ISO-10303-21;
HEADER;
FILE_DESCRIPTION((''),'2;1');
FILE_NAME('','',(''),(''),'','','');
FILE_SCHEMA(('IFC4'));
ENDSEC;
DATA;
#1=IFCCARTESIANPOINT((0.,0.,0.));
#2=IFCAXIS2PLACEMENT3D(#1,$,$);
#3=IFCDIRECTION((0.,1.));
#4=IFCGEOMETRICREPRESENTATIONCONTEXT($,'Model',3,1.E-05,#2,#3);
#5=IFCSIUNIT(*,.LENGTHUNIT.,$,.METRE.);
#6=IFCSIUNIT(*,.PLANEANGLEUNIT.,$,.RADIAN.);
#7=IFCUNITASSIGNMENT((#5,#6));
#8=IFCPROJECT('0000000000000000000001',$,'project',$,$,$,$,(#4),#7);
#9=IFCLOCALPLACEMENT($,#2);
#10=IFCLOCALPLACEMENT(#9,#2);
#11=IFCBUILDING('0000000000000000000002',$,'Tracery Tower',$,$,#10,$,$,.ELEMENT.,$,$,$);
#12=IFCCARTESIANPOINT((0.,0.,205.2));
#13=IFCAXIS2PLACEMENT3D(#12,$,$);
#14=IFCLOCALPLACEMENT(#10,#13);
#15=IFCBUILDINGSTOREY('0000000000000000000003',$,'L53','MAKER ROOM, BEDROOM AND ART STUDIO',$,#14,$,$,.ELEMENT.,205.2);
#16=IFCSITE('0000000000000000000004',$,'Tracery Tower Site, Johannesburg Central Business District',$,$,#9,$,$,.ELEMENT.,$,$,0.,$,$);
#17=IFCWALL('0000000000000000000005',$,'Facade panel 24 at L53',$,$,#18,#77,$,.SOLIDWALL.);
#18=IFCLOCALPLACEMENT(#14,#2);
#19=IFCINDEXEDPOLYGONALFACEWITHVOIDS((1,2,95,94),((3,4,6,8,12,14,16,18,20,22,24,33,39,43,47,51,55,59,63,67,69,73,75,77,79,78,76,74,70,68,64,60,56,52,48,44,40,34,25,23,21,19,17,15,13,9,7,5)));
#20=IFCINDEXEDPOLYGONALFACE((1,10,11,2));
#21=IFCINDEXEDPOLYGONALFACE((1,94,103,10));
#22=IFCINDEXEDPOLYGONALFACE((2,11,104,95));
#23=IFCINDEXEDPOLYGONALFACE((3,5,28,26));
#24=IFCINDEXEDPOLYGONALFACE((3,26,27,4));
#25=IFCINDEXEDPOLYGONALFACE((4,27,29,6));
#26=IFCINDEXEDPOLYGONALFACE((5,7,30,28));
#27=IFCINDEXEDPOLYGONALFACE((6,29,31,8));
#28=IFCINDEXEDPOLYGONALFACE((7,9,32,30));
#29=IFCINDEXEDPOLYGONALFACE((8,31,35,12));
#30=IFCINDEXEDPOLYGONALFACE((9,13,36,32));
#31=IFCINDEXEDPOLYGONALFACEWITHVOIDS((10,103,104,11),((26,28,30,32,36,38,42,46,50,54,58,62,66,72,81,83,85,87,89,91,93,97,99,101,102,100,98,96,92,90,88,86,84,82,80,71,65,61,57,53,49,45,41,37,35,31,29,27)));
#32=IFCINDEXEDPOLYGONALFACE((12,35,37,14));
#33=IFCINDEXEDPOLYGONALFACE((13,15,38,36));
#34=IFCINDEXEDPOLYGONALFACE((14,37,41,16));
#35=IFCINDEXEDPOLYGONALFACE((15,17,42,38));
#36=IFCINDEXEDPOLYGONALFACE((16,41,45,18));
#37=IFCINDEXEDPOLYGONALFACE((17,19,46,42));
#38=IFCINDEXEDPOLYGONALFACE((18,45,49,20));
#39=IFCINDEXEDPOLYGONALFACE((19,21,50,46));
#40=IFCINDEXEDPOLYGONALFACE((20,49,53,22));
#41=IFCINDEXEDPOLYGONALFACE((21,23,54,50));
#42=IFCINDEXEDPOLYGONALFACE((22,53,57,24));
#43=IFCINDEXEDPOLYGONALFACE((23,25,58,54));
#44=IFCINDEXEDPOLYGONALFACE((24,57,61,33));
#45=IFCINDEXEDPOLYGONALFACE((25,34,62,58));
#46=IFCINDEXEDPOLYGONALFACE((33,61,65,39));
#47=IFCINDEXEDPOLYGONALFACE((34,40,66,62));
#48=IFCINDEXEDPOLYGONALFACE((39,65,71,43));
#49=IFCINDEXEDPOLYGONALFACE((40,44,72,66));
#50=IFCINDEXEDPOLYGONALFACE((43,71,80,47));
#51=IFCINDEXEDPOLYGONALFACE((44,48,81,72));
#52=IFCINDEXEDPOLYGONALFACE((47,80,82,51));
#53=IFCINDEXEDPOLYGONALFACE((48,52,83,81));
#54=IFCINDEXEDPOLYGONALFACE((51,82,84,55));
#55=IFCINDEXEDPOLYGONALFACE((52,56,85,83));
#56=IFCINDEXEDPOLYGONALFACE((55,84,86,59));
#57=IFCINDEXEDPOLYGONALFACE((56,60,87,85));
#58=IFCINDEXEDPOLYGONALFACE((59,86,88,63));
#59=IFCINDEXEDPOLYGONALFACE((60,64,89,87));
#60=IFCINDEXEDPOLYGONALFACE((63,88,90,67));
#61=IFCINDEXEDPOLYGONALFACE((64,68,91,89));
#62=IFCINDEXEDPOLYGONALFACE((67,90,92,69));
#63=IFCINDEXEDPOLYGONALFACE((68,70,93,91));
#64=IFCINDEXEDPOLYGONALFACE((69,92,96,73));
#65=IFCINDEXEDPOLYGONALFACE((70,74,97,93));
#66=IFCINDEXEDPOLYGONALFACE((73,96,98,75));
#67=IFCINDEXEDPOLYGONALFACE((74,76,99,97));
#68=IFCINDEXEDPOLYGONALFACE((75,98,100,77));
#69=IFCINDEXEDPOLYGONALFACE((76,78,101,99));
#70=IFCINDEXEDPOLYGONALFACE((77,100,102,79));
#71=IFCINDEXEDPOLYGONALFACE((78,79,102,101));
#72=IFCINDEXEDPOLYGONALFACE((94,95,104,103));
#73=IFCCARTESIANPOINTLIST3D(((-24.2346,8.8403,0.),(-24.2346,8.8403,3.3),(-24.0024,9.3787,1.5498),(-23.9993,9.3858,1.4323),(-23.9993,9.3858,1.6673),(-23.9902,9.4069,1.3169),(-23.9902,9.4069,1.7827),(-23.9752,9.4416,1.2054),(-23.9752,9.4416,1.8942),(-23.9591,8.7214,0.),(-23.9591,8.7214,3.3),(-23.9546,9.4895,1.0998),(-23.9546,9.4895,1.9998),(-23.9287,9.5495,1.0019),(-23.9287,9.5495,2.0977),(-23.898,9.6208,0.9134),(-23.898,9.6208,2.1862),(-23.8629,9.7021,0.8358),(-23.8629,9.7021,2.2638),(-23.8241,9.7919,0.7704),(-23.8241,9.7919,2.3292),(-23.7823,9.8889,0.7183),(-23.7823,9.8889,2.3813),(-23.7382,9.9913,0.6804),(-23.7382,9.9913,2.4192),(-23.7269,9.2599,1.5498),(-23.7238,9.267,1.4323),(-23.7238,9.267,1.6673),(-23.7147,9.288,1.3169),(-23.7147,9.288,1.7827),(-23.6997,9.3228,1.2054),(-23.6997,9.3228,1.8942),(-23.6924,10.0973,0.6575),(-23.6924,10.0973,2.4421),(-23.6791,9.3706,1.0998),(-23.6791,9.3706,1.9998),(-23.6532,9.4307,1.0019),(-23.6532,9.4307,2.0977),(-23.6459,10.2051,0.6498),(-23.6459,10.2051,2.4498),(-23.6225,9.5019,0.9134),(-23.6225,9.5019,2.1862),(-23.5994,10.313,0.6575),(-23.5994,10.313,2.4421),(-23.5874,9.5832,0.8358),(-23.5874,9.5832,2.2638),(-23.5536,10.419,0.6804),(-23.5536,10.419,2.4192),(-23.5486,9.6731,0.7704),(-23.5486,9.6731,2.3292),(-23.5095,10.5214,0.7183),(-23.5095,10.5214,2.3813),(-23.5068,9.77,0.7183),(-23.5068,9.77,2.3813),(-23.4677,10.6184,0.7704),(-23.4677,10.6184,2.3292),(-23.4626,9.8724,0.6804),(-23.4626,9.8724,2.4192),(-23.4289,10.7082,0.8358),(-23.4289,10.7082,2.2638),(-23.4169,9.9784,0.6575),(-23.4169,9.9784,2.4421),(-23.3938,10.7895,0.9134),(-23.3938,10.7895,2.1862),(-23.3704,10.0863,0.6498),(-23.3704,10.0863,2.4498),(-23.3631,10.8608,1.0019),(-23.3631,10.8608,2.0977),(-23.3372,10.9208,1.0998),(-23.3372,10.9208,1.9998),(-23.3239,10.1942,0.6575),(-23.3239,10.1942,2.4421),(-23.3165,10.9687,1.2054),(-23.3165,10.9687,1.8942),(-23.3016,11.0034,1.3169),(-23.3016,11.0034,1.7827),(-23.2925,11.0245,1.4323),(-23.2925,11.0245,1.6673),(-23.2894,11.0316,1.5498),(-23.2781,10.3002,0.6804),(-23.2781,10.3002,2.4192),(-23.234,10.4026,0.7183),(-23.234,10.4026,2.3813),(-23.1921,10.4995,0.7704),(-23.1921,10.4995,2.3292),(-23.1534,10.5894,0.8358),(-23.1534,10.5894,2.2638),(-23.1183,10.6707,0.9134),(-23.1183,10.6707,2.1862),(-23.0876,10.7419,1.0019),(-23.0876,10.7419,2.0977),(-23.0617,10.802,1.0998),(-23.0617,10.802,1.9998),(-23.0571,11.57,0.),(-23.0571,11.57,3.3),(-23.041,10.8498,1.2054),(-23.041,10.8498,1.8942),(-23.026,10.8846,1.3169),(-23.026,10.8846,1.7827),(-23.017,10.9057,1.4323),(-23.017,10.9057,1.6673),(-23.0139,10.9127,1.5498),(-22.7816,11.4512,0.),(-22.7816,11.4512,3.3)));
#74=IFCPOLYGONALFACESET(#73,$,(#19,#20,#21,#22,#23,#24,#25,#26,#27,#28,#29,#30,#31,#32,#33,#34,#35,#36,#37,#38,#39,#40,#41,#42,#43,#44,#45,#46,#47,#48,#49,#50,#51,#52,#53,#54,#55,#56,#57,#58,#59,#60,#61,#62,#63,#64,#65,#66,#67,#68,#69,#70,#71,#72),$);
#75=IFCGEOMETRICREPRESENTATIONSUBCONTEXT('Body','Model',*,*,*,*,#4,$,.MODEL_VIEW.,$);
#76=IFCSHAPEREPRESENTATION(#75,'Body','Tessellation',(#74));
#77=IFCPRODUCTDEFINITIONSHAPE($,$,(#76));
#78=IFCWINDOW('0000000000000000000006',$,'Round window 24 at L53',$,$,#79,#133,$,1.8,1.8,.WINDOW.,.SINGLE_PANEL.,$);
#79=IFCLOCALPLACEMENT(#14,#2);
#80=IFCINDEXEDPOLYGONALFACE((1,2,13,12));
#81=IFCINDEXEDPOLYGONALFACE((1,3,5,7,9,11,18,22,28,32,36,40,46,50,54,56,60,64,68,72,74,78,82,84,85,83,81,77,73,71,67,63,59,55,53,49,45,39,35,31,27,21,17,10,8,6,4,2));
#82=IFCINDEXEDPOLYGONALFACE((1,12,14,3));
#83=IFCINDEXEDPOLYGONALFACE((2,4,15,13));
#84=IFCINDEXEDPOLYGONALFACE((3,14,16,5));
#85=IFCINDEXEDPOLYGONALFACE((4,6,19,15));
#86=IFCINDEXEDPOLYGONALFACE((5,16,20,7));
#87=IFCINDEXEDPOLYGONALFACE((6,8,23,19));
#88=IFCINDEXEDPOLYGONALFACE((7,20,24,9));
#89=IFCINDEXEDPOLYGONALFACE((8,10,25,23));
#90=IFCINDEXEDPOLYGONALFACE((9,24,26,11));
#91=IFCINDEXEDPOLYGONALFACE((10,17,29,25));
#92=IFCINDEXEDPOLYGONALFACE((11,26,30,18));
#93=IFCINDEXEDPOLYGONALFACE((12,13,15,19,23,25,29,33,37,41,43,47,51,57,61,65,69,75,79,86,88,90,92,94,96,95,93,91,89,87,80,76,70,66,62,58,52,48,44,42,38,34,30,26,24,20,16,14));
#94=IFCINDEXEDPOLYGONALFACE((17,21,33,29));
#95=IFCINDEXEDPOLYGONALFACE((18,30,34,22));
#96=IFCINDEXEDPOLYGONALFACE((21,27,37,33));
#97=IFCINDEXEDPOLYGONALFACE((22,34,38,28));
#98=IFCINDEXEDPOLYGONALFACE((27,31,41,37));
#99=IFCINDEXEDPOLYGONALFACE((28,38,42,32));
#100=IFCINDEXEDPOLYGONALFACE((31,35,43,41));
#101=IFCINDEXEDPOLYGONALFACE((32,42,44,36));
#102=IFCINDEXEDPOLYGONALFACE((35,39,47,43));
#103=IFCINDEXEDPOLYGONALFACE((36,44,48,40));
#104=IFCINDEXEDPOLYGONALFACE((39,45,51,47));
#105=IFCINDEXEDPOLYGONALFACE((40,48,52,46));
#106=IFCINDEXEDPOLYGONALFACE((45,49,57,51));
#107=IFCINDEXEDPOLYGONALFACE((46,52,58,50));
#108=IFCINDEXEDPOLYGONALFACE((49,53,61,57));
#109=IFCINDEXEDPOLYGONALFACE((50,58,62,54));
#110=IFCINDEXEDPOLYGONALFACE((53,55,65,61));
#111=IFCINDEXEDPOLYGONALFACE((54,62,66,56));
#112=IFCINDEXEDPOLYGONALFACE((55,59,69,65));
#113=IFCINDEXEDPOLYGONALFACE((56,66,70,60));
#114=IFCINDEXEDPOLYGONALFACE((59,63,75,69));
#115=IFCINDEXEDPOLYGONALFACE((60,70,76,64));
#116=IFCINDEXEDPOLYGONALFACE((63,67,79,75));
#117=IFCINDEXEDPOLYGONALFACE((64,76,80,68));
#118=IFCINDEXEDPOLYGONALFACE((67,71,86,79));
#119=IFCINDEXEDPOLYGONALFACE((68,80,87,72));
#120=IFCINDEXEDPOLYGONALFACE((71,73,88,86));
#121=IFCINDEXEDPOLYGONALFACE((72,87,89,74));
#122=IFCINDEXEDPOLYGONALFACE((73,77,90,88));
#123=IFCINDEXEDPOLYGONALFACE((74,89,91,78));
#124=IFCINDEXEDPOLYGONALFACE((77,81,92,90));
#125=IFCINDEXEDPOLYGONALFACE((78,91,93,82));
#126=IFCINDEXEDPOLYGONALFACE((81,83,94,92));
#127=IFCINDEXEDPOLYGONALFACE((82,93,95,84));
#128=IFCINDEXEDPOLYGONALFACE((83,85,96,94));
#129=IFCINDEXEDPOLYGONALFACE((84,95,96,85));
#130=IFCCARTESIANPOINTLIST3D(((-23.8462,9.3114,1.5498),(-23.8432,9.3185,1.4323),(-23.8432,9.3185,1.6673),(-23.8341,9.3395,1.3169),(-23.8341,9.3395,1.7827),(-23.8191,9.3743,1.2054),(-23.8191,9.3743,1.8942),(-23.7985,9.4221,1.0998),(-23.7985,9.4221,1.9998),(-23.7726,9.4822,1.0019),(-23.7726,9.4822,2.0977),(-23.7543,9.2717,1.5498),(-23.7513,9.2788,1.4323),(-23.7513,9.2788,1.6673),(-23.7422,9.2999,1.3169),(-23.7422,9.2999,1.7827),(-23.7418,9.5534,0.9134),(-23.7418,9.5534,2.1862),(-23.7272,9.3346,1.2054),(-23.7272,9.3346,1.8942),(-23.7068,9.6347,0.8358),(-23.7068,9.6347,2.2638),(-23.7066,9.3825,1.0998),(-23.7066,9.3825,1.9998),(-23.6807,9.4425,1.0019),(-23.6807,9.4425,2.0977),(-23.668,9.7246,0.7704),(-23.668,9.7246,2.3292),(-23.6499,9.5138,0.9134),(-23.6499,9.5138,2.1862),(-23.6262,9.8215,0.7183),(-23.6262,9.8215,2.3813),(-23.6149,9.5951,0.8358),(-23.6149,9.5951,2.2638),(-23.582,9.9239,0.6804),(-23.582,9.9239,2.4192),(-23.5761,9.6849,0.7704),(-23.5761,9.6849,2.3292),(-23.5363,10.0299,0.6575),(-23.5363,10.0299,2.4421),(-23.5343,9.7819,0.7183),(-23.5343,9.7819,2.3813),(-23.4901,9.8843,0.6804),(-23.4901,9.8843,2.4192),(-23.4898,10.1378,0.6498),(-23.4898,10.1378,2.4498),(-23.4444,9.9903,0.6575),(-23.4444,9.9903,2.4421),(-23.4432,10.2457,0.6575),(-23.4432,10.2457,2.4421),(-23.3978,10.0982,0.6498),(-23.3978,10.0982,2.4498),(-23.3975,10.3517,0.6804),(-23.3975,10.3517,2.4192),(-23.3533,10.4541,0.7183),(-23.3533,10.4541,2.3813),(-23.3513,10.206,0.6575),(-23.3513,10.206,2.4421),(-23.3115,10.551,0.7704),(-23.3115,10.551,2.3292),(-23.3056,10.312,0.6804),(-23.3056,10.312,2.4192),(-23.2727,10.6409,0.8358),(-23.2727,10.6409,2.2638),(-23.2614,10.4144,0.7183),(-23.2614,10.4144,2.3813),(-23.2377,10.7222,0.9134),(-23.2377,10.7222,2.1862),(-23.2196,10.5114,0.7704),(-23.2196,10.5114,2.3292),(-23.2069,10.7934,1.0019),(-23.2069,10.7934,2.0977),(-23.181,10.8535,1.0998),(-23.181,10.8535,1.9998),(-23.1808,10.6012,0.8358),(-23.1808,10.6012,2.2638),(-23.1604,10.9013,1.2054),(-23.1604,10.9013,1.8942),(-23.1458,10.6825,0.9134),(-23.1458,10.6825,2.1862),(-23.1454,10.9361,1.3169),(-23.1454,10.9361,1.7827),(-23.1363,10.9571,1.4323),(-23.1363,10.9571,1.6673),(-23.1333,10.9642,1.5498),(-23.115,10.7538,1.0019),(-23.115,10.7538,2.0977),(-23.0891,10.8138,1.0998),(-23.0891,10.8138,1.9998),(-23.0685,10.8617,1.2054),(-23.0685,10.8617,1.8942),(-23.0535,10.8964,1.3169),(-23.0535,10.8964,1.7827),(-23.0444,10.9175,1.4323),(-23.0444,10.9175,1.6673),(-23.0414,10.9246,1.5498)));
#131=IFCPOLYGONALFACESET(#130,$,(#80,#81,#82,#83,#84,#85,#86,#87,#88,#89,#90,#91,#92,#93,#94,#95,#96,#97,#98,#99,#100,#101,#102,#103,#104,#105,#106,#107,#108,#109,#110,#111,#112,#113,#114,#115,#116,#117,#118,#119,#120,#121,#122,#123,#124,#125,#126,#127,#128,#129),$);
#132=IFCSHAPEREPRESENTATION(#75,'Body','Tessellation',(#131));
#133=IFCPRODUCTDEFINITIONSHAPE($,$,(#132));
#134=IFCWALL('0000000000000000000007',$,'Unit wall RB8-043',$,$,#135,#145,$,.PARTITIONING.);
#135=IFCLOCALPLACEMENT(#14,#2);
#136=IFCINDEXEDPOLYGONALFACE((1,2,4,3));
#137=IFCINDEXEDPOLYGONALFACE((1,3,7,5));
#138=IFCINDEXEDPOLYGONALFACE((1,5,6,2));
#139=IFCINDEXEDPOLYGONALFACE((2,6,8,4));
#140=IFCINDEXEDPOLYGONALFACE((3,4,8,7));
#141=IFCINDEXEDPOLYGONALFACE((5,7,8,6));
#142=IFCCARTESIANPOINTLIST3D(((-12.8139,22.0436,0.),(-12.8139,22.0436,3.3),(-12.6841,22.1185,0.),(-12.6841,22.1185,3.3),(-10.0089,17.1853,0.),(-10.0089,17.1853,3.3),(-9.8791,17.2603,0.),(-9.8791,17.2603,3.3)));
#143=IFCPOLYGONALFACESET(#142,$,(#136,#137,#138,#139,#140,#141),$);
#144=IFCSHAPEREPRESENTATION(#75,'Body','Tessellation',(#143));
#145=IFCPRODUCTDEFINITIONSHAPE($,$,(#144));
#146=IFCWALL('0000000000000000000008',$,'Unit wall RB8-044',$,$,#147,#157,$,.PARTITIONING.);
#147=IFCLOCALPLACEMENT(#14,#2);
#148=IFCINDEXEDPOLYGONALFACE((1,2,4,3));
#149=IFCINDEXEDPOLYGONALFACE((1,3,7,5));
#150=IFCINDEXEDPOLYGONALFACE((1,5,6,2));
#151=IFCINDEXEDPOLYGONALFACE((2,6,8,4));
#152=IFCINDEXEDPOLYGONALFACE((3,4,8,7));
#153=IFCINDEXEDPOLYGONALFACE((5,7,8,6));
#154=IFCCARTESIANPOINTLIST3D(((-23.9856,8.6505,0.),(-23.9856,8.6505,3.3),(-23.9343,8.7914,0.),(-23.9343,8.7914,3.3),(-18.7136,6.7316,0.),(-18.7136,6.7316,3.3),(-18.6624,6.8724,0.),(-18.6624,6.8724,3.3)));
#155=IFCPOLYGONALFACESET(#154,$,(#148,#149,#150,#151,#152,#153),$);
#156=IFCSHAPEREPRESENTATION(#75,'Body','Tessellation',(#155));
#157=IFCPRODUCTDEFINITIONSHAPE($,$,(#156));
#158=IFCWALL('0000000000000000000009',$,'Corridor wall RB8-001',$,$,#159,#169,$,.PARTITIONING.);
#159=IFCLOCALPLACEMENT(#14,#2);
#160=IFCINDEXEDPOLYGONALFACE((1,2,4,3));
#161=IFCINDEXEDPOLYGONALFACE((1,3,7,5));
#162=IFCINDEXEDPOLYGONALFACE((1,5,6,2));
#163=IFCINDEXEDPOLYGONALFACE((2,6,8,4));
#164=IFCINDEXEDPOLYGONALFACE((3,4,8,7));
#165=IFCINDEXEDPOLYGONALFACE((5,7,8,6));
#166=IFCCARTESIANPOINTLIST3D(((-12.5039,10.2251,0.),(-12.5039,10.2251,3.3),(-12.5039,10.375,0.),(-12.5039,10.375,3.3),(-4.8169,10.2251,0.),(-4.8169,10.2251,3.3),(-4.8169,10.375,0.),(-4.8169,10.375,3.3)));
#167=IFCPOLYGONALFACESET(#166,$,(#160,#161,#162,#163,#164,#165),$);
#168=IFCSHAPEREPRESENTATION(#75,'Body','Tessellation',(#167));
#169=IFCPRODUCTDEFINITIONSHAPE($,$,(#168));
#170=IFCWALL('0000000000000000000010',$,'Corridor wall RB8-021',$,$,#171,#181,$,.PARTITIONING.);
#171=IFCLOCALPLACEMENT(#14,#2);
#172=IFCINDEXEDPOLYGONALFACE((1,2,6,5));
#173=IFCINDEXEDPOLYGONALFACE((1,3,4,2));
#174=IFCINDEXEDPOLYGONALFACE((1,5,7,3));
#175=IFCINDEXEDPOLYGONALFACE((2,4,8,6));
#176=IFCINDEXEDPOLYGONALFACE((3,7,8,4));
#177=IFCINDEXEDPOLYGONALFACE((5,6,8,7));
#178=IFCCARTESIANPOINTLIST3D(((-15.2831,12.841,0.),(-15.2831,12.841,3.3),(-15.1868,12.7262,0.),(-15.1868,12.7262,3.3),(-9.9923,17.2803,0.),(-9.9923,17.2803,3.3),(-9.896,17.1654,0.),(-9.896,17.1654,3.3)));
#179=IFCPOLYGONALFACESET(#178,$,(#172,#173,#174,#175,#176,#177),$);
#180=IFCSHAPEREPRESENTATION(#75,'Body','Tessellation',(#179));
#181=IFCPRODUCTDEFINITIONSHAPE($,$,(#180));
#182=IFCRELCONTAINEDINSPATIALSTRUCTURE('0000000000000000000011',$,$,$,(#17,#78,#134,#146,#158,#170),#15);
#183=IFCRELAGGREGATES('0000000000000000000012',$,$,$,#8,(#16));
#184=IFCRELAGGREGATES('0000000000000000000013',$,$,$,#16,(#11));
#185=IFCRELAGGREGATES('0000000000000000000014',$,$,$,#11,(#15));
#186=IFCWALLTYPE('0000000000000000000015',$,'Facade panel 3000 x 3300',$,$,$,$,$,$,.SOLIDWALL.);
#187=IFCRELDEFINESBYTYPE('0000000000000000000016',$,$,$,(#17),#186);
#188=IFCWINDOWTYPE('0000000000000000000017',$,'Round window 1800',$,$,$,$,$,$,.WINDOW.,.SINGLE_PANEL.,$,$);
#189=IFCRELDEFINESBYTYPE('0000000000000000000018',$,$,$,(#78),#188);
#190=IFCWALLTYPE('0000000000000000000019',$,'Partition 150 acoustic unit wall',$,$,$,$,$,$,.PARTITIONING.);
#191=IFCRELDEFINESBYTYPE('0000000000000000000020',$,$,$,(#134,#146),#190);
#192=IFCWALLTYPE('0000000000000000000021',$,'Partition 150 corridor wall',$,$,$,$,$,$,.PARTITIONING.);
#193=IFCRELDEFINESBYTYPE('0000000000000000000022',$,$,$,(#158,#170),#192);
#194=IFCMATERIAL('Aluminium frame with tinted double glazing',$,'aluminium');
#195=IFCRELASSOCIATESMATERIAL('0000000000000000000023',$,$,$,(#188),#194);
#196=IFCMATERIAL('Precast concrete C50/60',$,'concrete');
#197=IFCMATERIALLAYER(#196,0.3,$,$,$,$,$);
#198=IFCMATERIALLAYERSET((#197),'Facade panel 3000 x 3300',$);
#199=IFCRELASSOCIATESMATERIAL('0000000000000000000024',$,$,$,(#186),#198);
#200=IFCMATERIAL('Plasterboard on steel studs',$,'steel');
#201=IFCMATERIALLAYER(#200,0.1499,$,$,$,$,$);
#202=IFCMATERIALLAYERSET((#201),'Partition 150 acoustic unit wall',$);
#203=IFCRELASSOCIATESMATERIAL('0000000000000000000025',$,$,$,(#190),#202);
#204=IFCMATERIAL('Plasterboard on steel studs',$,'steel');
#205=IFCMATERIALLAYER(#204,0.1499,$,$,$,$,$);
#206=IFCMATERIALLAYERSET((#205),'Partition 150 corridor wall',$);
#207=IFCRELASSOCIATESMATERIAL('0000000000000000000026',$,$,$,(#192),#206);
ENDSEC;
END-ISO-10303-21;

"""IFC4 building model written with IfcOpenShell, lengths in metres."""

from ifc_helpers import new_model, si_unit, direction, frame, frame_2d, origin, origin_2d, place, context, subcontext, project, spatial, rectangle, circle, extrude, material, layer, layer_set, type_object, element, fill, save


model = new_model("IFC4")

# Units and contexts
model_context = context("Model", 3, precision=1e-05, world=origin(), true_north=direction((0.0, 1.0)))
body_context = subcontext(model_context, "Body", "Model", "MODEL_VIEW")
ifc_project = project(units=[si_unit("LENGTHUNIT", "METRE"), si_unit("PLANEANGLEUNIT", "RADIAN")], contexts=[model_context])

# Site, building, storey
site_placement = place(None, origin())
site = spatial("IfcSite", under=ifc_project, at=site_placement, Name="Tracery Tower Site, Johannesburg Central Business District", CompositionType="ELEMENT", RefElevation=0.0)
building_placement = place(site_placement, origin())
building = spatial("IfcBuilding", under=site, at=building_placement, Name="Tracery Tower", CompositionType="ELEMENT")
storey_placement = place(building_placement, frame((0.0, 0.0, 205.2)))
storey = spatial("IfcBuildingStorey", under=building, at=storey_placement, Name="L53", Description="MAKER ROOM, BEDROOM AND ART STUDIO", CompositionType="ELEMENT", Elevation=205.2)

# Wall, opening, window
ifc_material_1 = material(Name="Aluminium frame with tinted double glazing", Category="aluminium")
window_type = type_object("IfcWindowType", Name="Round window 1800", PartitioningType="SINGLE_PANEL", PredefinedType="WINDOW", material=ifc_material_1)
ifc_material_2 = material(Name="Precast concrete C50/60", Category="concrete")
ifc_layer_1 = layer(ifc_material_2, 0.3)
ifc_layer_set_1 = layer_set([ifc_layer_1], Name="Facade panel 3000 x 3300")
wall_type_1 = type_object("IfcWallType", Name="Facade panel 3000 x 3300", PredefinedType="SOLIDWALL", material=ifc_layer_set_1)
wall_1_placement = place(storey_placement, frame((-22.9194, 11.5105, 0.0), z_axis=(0.0, 0.0, 1.0), x_axis=(-0.396079, -0.918216, 0.0)))
wall_1 = element("IfcWall", 1, at=wall_1_placement, inside=storey, type_object=wall_type_1, Name="Facade panel 24 at L53", PredefinedType="SOLIDWALL", context=body_context, shape_type="SweptSolid", body=[
    extrude(rectangle(XDim=2.9729, YDim=0.3, at=frame_2d((1.4863, 0.0))), origin(), (0.0, 0.0, 1.0), 3.3),
])
opening_1_placement = place(wall_1_placement, frame((1.4863, 0.0, 1.5498)))
opening_1 = element("IfcOpeningElement", 2, at=opening_1_placement, cuts=wall_1, PredefinedType="OPENING", context=body_context, shape_type="SweptSolid", body=[
    extrude(circle(Radius=0.9, at=origin_2d()), frame((0.0, 0.1599, 0.0), z_axis=(0.0, -1.0, 0.0), x_axis=(1.0, 0.0, 0.0)), (0.0, 0.0, 1.0), 0.3201),
])
window_1_placement = place(opening_1_placement, origin())
window_1 = element("IfcWindow", 3, at=window_1_placement, inside=storey, type_object=window_type, Name="Round window 24 at L53", OverallHeight=1.8, OverallWidth=1.8, PartitioningType="SINGLE_PANEL", PredefinedType="WINDOW", context=body_context, shape_type="SweptSolid", body=[
    extrude(circle(Radius=0.9, at=origin_2d()), frame((0.0, 0.1201, 0.0), z_axis=(0.0, -1.0, 0.0), x_axis=(1.0, 0.0, 0.0)), (0.0, 0.0, 1.0), 0.1001),
])
fill(opening_1, window_1)

# Walls
ifc_material_3 = material(Name="Plasterboard on steel studs", Category="steel")
ifc_layer_2 = layer(ifc_material_3, 0.1499)
ifc_layer_set_2 = layer_set([ifc_layer_2], Name="Partition 150 acoustic unit wall")
wall_type_2 = type_object("IfcWallType", Name="Partition 150 acoustic unit wall", PredefinedType="PARTITIONING", material=ifc_layer_set_2)
wall_2_placement = place(storey_placement, frame((-12.749, 22.0811, 0.0), z_axis=(0.0, 0.0, 1.0), x_axis=(0.50001, -0.86602, 0.0)))
element("IfcWall", 4, at=wall_2_placement, inside=storey, type_object=wall_type_2, Name="Unit wall RB8-043", PredefinedType="PARTITIONING", context=body_context, shape_type="SweptSolid", body=[
    extrude(rectangle(XDim=5.6099, YDim=0.1499, at=frame_2d((2.8049, 0.0))), origin(), (0.0, 0.0, 1.0), 3.3),
])
wall_3_placement = place(storey_placement, frame((-23.96, 8.7209, 0.0), z_axis=(0.0, 0.0, 1.0), x_axis=(0.939687, -0.342037, 0.0)))
element("IfcWall", 5, at=wall_3_placement, inside=storey, type_object=wall_type_2, Name="Unit wall RB8-044", PredefinedType="PARTITIONING", context=body_context, shape_type="SweptSolid", body=[
    extrude(rectangle(XDim=5.6104, YDim=0.1499, at=frame_2d((2.8052, 0.0))), origin(), (0.0, 0.0, 1.0), 3.3),
])
ifc_material_4 = material(Name="Plasterboard on steel studs", Category="steel")
ifc_layer_3 = layer(ifc_material_4, 0.1499)
ifc_layer_set_3 = layer_set([ifc_layer_3], Name="Partition 150 corridor wall")
wall_type_3 = type_object("IfcWallType", Name="Partition 150 corridor wall", PredefinedType="PARTITIONING", material=ifc_layer_set_3)
wall_4_placement = place(storey_placement, frame((-12.5039, 10.3, 0.0), z_axis=(0.0, 0.0, 1.0), x_axis=(1.0, 0.0, 0.0)))
element("IfcWall", 6, at=wall_4_placement, inside=storey, type_object=wall_type_3, Name="Corridor wall RB8-001", PredefinedType="PARTITIONING", context=body_context, shape_type="SweptSolid", body=[
    extrude(rectangle(XDim=7.687, YDim=0.1499, at=frame_2d((3.8435, 0.0))), origin(), (0.0, 0.0, 1.0), 3.3),
])
wall_5_placement = place(storey_placement, frame((-15.2349, 12.7837, 0.0), z_axis=(0.0, 0.0, 1.0), x_axis=(0.766064, 0.642764, 0.0)))
element("IfcWall", 7, at=wall_5_placement, inside=storey, type_object=wall_type_3, Name="Corridor wall RB8-021", PredefinedType="PARTITIONING", context=body_context, shape_type="SweptSolid", body=[
    extrude(rectangle(XDim=6.9065, YDim=0.1499, at=frame_2d((3.4531, 0.0))), origin(), (0.0, 0.0, 1.0), 3.3),
])

save(model, "model.ifc")
